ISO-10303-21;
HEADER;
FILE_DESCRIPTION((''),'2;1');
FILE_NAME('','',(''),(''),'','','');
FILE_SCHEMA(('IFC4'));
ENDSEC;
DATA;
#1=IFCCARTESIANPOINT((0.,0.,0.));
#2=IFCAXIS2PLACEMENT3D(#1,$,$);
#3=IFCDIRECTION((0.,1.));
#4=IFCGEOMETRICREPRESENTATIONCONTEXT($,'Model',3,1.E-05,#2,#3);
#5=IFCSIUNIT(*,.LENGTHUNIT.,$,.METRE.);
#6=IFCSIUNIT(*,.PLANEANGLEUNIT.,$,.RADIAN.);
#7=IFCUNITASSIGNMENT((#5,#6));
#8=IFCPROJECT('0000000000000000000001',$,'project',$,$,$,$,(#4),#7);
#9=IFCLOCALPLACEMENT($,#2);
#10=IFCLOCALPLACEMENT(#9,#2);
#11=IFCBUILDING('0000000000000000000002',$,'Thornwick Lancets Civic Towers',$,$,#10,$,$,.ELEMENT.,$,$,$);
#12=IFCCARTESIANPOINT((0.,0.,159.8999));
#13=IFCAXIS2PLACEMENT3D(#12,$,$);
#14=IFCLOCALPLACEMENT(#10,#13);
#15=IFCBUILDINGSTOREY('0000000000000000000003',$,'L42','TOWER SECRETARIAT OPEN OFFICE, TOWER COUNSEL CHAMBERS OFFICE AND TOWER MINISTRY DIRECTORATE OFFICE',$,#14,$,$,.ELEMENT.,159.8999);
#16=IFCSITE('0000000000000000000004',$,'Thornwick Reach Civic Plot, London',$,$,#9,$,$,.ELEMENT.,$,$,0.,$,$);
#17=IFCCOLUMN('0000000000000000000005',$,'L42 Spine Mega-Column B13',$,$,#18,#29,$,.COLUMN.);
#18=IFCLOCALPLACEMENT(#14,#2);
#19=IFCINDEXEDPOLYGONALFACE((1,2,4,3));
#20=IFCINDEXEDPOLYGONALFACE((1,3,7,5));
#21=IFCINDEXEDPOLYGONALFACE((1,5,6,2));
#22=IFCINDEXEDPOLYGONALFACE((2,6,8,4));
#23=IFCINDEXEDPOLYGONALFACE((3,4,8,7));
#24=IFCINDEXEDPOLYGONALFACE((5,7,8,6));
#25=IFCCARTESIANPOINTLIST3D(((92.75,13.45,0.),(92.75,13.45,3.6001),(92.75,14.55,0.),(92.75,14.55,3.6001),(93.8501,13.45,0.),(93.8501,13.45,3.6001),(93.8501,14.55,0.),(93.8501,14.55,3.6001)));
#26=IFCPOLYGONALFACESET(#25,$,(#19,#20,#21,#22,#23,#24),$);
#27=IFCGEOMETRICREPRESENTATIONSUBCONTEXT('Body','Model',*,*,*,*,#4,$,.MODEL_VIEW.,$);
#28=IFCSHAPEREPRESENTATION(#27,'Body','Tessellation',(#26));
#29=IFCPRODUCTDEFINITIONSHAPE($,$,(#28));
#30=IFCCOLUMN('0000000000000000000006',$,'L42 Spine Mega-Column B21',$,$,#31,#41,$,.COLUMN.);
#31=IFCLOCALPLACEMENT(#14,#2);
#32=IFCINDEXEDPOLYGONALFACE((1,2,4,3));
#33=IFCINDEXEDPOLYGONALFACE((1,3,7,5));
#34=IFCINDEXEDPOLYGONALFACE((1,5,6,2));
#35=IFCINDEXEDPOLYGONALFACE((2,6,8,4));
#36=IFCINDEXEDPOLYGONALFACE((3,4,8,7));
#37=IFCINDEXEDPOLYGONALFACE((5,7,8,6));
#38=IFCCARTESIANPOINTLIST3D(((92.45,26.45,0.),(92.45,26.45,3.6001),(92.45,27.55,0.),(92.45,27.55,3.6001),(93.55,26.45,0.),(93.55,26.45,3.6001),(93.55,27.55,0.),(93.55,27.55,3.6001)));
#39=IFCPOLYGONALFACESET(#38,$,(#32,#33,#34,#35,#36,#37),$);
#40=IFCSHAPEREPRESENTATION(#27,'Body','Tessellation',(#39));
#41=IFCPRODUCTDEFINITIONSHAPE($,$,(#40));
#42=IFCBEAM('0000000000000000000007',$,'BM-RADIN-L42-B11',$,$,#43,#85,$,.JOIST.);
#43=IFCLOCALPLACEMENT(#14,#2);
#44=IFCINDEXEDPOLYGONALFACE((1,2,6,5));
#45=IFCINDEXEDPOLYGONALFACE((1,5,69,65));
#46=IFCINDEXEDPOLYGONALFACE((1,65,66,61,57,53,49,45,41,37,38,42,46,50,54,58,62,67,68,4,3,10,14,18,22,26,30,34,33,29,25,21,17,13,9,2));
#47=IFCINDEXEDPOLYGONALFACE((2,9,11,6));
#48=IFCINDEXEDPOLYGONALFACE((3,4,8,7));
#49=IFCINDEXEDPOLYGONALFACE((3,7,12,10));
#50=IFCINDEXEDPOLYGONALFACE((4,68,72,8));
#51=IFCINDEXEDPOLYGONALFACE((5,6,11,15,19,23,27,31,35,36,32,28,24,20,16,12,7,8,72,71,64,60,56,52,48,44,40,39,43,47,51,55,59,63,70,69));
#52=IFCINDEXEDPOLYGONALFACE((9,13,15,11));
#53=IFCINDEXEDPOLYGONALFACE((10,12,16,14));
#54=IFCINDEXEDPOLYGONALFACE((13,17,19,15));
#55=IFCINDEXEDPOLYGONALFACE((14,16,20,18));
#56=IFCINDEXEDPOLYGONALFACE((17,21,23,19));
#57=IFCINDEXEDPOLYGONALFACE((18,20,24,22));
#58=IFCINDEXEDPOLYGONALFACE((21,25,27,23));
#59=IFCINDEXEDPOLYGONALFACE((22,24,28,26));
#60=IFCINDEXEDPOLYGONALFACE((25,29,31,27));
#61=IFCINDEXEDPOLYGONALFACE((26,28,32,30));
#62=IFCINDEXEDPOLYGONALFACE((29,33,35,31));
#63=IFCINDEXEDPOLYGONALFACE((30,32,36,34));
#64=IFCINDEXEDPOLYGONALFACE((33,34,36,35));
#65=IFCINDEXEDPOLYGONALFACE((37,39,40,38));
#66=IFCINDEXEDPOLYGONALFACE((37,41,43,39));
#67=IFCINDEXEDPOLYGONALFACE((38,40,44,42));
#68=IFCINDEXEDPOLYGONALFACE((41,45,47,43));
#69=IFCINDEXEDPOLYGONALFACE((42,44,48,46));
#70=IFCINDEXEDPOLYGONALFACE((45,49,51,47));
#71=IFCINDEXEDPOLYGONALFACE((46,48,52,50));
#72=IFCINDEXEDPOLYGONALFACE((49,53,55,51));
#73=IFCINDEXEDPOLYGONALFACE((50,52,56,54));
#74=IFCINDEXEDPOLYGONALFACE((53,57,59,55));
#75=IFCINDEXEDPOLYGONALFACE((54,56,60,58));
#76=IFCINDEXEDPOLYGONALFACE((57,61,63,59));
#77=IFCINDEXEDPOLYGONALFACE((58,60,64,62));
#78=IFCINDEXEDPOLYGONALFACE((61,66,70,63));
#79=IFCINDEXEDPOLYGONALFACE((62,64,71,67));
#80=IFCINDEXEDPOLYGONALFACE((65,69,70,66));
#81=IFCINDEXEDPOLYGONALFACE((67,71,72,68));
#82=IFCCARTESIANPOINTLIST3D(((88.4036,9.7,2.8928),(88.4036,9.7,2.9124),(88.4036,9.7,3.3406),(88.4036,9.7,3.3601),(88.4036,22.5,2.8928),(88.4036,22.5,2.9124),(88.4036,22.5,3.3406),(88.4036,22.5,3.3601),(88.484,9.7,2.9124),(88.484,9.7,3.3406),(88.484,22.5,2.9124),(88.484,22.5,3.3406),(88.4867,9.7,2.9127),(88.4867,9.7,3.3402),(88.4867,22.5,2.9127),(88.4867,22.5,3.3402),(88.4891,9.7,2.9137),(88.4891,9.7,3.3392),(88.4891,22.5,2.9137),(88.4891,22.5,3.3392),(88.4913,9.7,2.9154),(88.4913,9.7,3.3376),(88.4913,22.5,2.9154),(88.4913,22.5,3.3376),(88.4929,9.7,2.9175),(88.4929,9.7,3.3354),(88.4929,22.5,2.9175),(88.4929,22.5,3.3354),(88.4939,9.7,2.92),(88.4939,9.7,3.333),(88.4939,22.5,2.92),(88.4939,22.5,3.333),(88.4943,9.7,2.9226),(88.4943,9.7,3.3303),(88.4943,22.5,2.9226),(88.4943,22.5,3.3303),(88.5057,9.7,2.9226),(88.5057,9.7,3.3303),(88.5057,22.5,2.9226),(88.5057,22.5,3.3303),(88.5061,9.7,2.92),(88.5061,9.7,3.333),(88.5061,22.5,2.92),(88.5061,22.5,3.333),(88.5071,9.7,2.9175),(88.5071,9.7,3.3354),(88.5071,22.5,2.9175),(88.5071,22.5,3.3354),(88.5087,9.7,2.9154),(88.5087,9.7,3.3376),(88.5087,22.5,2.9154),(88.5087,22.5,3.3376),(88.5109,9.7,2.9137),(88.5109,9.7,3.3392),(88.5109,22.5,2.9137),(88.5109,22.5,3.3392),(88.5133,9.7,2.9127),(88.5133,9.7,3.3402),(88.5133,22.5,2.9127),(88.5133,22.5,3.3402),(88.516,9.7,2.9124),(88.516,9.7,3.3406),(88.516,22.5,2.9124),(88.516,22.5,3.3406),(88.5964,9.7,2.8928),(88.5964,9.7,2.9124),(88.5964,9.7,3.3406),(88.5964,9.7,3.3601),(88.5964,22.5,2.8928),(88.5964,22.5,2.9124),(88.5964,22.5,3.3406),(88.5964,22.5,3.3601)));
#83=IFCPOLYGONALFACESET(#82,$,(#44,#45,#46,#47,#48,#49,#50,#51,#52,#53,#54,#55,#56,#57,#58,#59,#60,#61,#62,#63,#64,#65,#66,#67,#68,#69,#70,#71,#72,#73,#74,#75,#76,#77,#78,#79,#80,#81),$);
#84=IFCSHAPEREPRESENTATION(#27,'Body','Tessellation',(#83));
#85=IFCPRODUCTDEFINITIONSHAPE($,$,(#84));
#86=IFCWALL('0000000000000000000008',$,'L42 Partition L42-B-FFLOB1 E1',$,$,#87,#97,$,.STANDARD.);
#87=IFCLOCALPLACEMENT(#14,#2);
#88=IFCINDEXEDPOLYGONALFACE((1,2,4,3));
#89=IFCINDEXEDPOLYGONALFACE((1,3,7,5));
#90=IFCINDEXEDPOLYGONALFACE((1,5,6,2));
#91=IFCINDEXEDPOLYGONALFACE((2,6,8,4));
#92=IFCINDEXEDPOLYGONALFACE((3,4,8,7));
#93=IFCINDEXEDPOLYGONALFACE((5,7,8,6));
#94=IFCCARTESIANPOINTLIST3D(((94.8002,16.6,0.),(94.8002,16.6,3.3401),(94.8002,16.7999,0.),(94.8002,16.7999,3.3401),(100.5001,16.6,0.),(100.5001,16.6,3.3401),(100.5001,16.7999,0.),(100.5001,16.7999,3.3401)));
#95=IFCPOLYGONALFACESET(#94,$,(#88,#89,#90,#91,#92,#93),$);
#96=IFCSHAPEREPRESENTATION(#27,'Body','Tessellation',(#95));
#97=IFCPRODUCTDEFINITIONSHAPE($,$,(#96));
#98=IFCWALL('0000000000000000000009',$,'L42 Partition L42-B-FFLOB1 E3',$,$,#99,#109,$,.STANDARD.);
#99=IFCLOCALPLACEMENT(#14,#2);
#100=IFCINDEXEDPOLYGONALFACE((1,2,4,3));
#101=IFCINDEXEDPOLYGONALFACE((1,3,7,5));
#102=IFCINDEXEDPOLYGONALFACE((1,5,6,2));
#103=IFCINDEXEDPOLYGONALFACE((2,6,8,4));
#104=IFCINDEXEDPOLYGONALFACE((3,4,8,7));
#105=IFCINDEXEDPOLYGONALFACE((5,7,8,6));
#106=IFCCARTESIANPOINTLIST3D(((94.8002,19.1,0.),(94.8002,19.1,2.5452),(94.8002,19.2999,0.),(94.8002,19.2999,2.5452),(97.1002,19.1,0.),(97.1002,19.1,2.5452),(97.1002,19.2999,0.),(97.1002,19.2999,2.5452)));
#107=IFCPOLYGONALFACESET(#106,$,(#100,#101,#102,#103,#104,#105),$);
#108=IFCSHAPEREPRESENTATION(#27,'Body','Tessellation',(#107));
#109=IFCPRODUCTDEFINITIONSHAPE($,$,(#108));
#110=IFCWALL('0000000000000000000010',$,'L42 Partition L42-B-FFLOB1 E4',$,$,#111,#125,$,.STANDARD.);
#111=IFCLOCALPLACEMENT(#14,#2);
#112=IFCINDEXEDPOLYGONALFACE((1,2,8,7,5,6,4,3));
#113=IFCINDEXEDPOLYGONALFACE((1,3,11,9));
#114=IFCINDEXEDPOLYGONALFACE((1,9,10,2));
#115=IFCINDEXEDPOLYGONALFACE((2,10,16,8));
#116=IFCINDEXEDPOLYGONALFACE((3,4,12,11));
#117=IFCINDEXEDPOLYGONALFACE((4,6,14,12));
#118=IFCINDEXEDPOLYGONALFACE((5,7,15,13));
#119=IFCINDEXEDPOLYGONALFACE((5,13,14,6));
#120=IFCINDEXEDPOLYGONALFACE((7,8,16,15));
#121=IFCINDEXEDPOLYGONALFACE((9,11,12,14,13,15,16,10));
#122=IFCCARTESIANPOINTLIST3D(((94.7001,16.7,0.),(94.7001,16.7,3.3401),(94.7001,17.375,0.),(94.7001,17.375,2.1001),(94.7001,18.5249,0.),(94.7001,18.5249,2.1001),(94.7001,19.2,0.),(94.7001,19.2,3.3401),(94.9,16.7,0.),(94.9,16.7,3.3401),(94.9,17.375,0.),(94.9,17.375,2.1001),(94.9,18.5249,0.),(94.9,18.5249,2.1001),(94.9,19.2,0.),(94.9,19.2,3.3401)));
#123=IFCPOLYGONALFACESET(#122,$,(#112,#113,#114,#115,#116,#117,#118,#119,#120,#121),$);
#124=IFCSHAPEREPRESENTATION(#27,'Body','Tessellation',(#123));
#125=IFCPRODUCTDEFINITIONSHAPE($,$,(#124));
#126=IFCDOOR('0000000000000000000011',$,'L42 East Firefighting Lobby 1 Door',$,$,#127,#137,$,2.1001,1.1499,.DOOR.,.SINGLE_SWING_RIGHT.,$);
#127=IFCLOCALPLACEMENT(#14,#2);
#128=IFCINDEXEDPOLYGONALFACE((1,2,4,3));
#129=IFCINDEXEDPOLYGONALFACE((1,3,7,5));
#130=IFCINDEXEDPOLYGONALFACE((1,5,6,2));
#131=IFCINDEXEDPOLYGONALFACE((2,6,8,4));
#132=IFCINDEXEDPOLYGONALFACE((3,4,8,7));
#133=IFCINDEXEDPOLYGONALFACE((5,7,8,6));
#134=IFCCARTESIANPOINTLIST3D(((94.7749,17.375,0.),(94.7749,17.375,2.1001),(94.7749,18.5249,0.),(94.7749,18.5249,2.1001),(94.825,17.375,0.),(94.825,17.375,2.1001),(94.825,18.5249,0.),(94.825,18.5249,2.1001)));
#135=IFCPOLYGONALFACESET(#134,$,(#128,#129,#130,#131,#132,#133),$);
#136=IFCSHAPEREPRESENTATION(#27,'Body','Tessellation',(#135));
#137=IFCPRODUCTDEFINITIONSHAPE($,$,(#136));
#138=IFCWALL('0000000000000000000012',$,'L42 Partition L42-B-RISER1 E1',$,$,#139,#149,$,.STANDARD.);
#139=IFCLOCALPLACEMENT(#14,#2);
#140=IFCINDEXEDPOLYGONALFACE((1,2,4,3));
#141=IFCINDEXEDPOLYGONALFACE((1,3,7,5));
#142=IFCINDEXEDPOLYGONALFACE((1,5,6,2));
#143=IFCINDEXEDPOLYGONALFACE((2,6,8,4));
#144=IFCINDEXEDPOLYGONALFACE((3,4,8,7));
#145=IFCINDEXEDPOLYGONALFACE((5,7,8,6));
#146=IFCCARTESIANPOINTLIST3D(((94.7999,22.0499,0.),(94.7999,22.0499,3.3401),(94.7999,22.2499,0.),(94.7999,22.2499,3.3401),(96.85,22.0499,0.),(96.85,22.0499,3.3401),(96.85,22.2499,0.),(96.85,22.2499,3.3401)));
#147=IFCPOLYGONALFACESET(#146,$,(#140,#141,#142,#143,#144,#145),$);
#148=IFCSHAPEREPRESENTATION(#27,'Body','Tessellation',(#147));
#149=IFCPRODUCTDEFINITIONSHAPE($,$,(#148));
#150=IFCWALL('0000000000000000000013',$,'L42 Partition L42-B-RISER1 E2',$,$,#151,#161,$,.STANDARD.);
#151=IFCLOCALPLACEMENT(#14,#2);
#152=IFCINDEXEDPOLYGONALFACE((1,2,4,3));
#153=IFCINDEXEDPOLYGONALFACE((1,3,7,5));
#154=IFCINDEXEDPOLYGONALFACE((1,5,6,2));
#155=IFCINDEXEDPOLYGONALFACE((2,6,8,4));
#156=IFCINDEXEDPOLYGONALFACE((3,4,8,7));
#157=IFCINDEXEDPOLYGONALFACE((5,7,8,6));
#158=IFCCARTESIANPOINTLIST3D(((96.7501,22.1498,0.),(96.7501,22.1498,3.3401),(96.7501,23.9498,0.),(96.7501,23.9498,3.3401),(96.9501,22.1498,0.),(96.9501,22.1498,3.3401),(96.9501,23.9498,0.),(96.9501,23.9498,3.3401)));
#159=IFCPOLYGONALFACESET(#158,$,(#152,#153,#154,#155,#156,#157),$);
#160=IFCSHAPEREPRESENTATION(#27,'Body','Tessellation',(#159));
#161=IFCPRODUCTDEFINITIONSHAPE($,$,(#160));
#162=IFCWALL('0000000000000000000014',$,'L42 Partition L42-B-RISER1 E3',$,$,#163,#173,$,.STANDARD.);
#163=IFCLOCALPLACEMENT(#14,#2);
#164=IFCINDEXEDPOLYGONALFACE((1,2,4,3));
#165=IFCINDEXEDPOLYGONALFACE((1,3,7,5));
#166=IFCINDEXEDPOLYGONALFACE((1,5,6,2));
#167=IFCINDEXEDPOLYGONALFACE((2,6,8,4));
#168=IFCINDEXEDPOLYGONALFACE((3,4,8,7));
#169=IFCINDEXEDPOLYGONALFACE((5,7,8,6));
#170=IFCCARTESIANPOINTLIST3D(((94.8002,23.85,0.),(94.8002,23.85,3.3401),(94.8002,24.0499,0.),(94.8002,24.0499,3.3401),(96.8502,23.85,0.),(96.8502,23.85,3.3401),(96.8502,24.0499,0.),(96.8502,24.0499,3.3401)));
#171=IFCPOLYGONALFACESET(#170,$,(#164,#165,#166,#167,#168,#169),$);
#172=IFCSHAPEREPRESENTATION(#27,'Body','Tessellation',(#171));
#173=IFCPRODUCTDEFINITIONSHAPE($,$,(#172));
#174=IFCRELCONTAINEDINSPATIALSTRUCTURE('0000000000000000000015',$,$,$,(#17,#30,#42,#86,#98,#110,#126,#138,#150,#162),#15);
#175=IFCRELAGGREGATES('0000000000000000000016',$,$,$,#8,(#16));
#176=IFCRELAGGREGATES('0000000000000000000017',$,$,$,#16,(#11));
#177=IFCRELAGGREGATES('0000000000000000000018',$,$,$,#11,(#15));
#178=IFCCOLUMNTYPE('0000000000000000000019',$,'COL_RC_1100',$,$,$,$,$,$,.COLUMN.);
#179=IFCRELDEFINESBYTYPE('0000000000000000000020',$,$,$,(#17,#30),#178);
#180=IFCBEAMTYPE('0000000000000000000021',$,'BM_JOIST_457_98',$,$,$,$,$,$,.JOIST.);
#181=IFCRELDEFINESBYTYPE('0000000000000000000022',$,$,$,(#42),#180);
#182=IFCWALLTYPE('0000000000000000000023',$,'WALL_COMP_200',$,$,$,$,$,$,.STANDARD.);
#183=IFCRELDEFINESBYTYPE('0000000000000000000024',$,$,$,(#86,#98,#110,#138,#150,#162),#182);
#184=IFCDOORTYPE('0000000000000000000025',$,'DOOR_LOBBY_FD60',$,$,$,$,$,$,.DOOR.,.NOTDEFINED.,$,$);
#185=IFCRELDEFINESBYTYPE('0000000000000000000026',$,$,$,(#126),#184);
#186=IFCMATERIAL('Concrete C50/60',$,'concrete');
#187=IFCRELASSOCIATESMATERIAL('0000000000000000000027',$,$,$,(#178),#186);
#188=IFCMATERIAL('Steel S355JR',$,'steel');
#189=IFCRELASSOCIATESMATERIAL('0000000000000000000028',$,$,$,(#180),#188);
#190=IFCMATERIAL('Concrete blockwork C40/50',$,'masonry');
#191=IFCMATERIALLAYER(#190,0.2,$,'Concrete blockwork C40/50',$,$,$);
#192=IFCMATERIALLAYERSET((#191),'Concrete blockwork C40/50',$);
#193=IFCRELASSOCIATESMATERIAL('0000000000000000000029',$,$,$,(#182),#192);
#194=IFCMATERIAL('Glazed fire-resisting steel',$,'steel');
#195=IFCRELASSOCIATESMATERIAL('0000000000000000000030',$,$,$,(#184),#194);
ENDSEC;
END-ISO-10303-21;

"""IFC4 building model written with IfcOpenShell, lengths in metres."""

from ifc_helpers import new_model, si_unit, direction, frame, frame_2d, origin, origin_2d, place, context, subcontext, project, spatial, rectangle, i_section, extrude, material, layer, layer_set, material_profile, profile_set, type_object, element, fill, save


model = new_model("IFC4")

# Units and contexts
model_context = context("Model", 3, precision=1e-05, world=origin(), true_north=direction((0.0, 1.0)))
body_context = subcontext(model_context, "Body", "Model", "MODEL_VIEW")
ifc_project = project(units=[si_unit("LENGTHUNIT", "METRE"), si_unit("PLANEANGLEUNIT", "RADIAN")], contexts=[model_context])

# Site, building, storey
site_placement = place(None, origin())
site = spatial("IfcSite", under=ifc_project, at=site_placement, Name="Thornwick Reach Civic Plot, London", CompositionType="ELEMENT", RefElevation=0.0)
building_placement = place(site_placement, origin())
building = spatial("IfcBuilding", under=site, at=building_placement, Name="Thornwick Lancets Civic Towers", CompositionType="ELEMENT")
storey_placement = place(building_placement, frame((0.0, 0.0, 159.8999)))
storey = spatial("IfcBuildingStorey", under=building, at=storey_placement, Name="L42", Description="TOWER SECRETARIAT OPEN OFFICE, TOWER COUNSEL CHAMBERS OFFICE AND TOWER MINISTRY DIRECTORATE OFFICE", CompositionType="ELEMENT", Elevation=159.8999)

# Columns
ifc_material_1 = material(Name="Concrete C50/60", Category="concrete")
ifc_material_profile_1 = material_profile(ifc_material_1, rectangle(XDim=1.1001, YDim=1.1001, at=origin_2d()), Name="RC 1100x1100")
ifc_profile_set_1 = profile_set([ifc_material_profile_1], Name="Concrete C50/60")
column_type = type_object("IfcColumnType", Name="COL_RC_1100", PredefinedType="COLUMN", material=ifc_profile_set_1)
for number, where, z_axis, x_axis, name in (
    (1, (93.3, 14.0, 0.0), (0.0, 0.0, 1.0), (1.0, 0.0, 0.0), "L42 Spine Mega-Column B13"),
    (2, (93.0, 27.0, 0.0), (0.0, 0.0, 1.0), (1.0, 0.0, 0.0), "L42 Spine Mega-Column B21"),
):
    element("IfcColumn", number, at=place(storey_placement, frame(where, z_axis=z_axis, x_axis=x_axis)), inside=storey, type_object=column_type, Name=name, PredefinedType="COLUMN", context=body_context, shape_type="SweptSolid", body=[
        extrude(rectangle(XDim=1.1001, YDim=1.1001, at=origin_2d()), origin(), (0.0, 0.0, 1.0), 3.6001),
    ])

# Beam
ifc_material_2 = material(Name="Steel S355JR", Category="steel")
ifc_material_profile_2 = material_profile(ifc_material_2, i_section(OverallWidth=0.1929, OverallDepth=0.4673, WebThickness=0.0115, FlangeThickness=0.0195, FilletRadius=0.0103, at=origin_2d()), Name="UKB 457x191x98")
ifc_profile_set_2 = profile_set([ifc_material_profile_2], Name="Steel S355JR")
beam_type = type_object("IfcBeamType", Name="BM_JOIST_457_98", PredefinedType="JOIST", material=ifc_profile_set_2)
beam_placement = place(storey_placement, frame((88.5, 22.5, 3.1265), z_axis=(0.0, -1.0, 0.0), x_axis=(1.0, 0.0, 0.0)))
element("IfcBeam", 3, at=beam_placement, inside=storey, type_object=beam_type, Name="BM-RADIN-L42-B11", PredefinedType="JOIST", context=body_context, shape_type="SweptSolid", body=[
    extrude(i_section(OverallWidth=0.1929, OverallDepth=0.4673, WebThickness=0.0115, FlangeThickness=0.0195, FilletRadius=0.0103, at=origin_2d()), origin(), (0.0, 0.0, 1.0), 12.8),
])

# Walls
ifc_material_3 = material(Name="Concrete blockwork C40/50", Category="masonry")
ifc_layer_1 = layer(ifc_material_3, 0.2, Name="Concrete blockwork C40/50")
ifc_layer_set_1 = layer_set([ifc_layer_1], Name="Concrete blockwork C40/50")
wall_type_1 = type_object("IfcWallType", Name="WALL_COMP_200", PredefinedType="STANDARD", material=ifc_layer_set_1)
wall_1_placement = place(storey_placement, frame((94.8, 16.7, 0.0), z_axis=(0.0, 0.0, 1.0), x_axis=(1.0, 0.0, 0.0)))
element("IfcWall", 4, at=wall_1_placement, inside=storey, type_object=wall_type_1, Name="L42 Partition L42-B-FFLOB1 E1", PredefinedType="STANDARD", context=body_context, shape_type="SweptSolid", body=[
    extrude(rectangle(XDim=5.7, YDim=0.2, at=frame_2d((2.8501, 0.0))), origin(), (0.0, 0.0, 1.0), 3.3401),
])
wall_2_placement = place(storey_placement, frame((97.1001, 19.2, 0.0), z_axis=(0.0, 0.0, 1.0), x_axis=(-1.0, 0.0, 0.0)))
element("IfcWall", 5, at=wall_2_placement, inside=storey, type_object=wall_type_1, Name="L42 Partition L42-B-FFLOB1 E3", PredefinedType="STANDARD", context=body_context, shape_type="SweptSolid", body=[
    extrude(rectangle(XDim=2.3, YDim=0.2, at=frame_2d((1.1499, 0.0))), origin(), (0.0, 0.0, 1.0), 2.5452),
])

# Wall, opening, door
wall_3_placement = place(storey_placement, frame((94.8, 19.2, 0.0), z_axis=(0.0, 0.0, 1.0), x_axis=(0.0, -1.0, 0.0)))
wall_3 = element("IfcWall", 6, at=wall_3_placement, inside=storey, type_object=wall_type_1, Name="L42 Partition L42-B-FFLOB1 E4", PredefinedType="STANDARD", context=body_context, shape_type="SweptSolid", body=[
    extrude(rectangle(XDim=2.5, YDim=0.2, at=frame_2d((1.25, 0.0))), origin(), (0.0, 0.0, 1.0), 3.3401),
])
opening_1_placement = place(wall_3_placement, frame((0.675, 0.0, 0.0)))
opening_1 = element("IfcOpeningElement", 7, at=opening_1_placement, cuts=wall_3, PredefinedType="OPENING", context=body_context, shape_type="SweptSolid", body=[
    extrude(rectangle(XDim=1.1499, YDim=2.1001, at=frame_2d((0.575, 1.05))), frame((0.0, 0.1099, 0.0), z_axis=(0.0, -1.0, 0.0), x_axis=(1.0, 0.0, 0.0)), (0.0, 0.0, 1.0), 0.22),
])
ifc_material_4 = material(Name="Glazed fire-resisting steel", Category="steel")
door_type_1 = type_object("IfcDoorType", Name="DOOR_LOBBY_FD60", OperationType="NOTDEFINED", PredefinedType="DOOR", material=ifc_material_4)
door_1_placement = place(opening_1_placement, origin())
door_1 = element("IfcDoor", 8, at=door_1_placement, inside=storey, type_object=door_type_1, Name="L42 East Firefighting Lobby 1 Door", OperationType="SINGLE_SWING_RIGHT", OverallHeight=2.1001, OverallWidth=1.1499, PredefinedType="DOOR", context=body_context, shape_type="SweptSolid", body=[
    extrude(rectangle(XDim=1.1499, YDim=2.1001, at=frame_2d((0.575, 1.05))), frame((0.0, 0.0249, 0.0), z_axis=(0.0, -1.0, 0.0), x_axis=(1.0, 0.0, 0.0)), (0.0, 0.0, 1.0), 0.05),
])
fill(opening_1, door_1)

# Walls
wall_4_placement = place(storey_placement, frame((94.8, 22.1499, 0.0), z_axis=(0.0, 0.0, 1.0), x_axis=(1.0, 0.0, 0.0)))
element("IfcWall", 9, at=wall_4_placement, inside=storey, type_object=wall_type_1, Name="L42 Partition L42-B-RISER1 E1", PredefinedType="STANDARD", context=body_context, shape_type="SweptSolid", body=[
    extrude(rectangle(XDim=2.05, YDim=0.2, at=frame_2d((1.0249, 0.0))), origin(), (0.0, 0.0, 1.0), 3.3401),
])
wall_5_placement = place(storey_placement, frame((96.8501, 22.1499, 0.0), z_axis=(0.0, 0.0, 1.0), x_axis=(0.0, 1.0, 0.0)))
element("IfcWall", 10, at=wall_5_placement, inside=storey, type_object=wall_type_1, Name="L42 Partition L42-B-RISER1 E2", PredefinedType="STANDARD", context=body_context, shape_type="SweptSolid", body=[
    extrude(rectangle(XDim=1.8, YDim=0.2, at=frame_2d((0.8999, 0.0))), origin(), (0.0, 0.0, 1.0), 3.3401),
])
wall_6_placement = place(storey_placement, frame((96.8501, 23.95, 0.0), z_axis=(0.0, 0.0, 1.0), x_axis=(-1.0, 0.0, 0.0)))
element("IfcWall", 11, at=wall_6_placement, inside=storey, type_object=wall_type_1, Name="L42 Partition L42-B-RISER1 E3", PredefinedType="STANDARD", context=body_context, shape_type="SweptSolid", body=[
    extrude(rectangle(XDim=2.05, YDim=0.2, at=frame_2d((1.0249, 0.0))), origin(), (0.0, 0.0, 1.0), 3.3401),
])

save(model, "model.ifc")
